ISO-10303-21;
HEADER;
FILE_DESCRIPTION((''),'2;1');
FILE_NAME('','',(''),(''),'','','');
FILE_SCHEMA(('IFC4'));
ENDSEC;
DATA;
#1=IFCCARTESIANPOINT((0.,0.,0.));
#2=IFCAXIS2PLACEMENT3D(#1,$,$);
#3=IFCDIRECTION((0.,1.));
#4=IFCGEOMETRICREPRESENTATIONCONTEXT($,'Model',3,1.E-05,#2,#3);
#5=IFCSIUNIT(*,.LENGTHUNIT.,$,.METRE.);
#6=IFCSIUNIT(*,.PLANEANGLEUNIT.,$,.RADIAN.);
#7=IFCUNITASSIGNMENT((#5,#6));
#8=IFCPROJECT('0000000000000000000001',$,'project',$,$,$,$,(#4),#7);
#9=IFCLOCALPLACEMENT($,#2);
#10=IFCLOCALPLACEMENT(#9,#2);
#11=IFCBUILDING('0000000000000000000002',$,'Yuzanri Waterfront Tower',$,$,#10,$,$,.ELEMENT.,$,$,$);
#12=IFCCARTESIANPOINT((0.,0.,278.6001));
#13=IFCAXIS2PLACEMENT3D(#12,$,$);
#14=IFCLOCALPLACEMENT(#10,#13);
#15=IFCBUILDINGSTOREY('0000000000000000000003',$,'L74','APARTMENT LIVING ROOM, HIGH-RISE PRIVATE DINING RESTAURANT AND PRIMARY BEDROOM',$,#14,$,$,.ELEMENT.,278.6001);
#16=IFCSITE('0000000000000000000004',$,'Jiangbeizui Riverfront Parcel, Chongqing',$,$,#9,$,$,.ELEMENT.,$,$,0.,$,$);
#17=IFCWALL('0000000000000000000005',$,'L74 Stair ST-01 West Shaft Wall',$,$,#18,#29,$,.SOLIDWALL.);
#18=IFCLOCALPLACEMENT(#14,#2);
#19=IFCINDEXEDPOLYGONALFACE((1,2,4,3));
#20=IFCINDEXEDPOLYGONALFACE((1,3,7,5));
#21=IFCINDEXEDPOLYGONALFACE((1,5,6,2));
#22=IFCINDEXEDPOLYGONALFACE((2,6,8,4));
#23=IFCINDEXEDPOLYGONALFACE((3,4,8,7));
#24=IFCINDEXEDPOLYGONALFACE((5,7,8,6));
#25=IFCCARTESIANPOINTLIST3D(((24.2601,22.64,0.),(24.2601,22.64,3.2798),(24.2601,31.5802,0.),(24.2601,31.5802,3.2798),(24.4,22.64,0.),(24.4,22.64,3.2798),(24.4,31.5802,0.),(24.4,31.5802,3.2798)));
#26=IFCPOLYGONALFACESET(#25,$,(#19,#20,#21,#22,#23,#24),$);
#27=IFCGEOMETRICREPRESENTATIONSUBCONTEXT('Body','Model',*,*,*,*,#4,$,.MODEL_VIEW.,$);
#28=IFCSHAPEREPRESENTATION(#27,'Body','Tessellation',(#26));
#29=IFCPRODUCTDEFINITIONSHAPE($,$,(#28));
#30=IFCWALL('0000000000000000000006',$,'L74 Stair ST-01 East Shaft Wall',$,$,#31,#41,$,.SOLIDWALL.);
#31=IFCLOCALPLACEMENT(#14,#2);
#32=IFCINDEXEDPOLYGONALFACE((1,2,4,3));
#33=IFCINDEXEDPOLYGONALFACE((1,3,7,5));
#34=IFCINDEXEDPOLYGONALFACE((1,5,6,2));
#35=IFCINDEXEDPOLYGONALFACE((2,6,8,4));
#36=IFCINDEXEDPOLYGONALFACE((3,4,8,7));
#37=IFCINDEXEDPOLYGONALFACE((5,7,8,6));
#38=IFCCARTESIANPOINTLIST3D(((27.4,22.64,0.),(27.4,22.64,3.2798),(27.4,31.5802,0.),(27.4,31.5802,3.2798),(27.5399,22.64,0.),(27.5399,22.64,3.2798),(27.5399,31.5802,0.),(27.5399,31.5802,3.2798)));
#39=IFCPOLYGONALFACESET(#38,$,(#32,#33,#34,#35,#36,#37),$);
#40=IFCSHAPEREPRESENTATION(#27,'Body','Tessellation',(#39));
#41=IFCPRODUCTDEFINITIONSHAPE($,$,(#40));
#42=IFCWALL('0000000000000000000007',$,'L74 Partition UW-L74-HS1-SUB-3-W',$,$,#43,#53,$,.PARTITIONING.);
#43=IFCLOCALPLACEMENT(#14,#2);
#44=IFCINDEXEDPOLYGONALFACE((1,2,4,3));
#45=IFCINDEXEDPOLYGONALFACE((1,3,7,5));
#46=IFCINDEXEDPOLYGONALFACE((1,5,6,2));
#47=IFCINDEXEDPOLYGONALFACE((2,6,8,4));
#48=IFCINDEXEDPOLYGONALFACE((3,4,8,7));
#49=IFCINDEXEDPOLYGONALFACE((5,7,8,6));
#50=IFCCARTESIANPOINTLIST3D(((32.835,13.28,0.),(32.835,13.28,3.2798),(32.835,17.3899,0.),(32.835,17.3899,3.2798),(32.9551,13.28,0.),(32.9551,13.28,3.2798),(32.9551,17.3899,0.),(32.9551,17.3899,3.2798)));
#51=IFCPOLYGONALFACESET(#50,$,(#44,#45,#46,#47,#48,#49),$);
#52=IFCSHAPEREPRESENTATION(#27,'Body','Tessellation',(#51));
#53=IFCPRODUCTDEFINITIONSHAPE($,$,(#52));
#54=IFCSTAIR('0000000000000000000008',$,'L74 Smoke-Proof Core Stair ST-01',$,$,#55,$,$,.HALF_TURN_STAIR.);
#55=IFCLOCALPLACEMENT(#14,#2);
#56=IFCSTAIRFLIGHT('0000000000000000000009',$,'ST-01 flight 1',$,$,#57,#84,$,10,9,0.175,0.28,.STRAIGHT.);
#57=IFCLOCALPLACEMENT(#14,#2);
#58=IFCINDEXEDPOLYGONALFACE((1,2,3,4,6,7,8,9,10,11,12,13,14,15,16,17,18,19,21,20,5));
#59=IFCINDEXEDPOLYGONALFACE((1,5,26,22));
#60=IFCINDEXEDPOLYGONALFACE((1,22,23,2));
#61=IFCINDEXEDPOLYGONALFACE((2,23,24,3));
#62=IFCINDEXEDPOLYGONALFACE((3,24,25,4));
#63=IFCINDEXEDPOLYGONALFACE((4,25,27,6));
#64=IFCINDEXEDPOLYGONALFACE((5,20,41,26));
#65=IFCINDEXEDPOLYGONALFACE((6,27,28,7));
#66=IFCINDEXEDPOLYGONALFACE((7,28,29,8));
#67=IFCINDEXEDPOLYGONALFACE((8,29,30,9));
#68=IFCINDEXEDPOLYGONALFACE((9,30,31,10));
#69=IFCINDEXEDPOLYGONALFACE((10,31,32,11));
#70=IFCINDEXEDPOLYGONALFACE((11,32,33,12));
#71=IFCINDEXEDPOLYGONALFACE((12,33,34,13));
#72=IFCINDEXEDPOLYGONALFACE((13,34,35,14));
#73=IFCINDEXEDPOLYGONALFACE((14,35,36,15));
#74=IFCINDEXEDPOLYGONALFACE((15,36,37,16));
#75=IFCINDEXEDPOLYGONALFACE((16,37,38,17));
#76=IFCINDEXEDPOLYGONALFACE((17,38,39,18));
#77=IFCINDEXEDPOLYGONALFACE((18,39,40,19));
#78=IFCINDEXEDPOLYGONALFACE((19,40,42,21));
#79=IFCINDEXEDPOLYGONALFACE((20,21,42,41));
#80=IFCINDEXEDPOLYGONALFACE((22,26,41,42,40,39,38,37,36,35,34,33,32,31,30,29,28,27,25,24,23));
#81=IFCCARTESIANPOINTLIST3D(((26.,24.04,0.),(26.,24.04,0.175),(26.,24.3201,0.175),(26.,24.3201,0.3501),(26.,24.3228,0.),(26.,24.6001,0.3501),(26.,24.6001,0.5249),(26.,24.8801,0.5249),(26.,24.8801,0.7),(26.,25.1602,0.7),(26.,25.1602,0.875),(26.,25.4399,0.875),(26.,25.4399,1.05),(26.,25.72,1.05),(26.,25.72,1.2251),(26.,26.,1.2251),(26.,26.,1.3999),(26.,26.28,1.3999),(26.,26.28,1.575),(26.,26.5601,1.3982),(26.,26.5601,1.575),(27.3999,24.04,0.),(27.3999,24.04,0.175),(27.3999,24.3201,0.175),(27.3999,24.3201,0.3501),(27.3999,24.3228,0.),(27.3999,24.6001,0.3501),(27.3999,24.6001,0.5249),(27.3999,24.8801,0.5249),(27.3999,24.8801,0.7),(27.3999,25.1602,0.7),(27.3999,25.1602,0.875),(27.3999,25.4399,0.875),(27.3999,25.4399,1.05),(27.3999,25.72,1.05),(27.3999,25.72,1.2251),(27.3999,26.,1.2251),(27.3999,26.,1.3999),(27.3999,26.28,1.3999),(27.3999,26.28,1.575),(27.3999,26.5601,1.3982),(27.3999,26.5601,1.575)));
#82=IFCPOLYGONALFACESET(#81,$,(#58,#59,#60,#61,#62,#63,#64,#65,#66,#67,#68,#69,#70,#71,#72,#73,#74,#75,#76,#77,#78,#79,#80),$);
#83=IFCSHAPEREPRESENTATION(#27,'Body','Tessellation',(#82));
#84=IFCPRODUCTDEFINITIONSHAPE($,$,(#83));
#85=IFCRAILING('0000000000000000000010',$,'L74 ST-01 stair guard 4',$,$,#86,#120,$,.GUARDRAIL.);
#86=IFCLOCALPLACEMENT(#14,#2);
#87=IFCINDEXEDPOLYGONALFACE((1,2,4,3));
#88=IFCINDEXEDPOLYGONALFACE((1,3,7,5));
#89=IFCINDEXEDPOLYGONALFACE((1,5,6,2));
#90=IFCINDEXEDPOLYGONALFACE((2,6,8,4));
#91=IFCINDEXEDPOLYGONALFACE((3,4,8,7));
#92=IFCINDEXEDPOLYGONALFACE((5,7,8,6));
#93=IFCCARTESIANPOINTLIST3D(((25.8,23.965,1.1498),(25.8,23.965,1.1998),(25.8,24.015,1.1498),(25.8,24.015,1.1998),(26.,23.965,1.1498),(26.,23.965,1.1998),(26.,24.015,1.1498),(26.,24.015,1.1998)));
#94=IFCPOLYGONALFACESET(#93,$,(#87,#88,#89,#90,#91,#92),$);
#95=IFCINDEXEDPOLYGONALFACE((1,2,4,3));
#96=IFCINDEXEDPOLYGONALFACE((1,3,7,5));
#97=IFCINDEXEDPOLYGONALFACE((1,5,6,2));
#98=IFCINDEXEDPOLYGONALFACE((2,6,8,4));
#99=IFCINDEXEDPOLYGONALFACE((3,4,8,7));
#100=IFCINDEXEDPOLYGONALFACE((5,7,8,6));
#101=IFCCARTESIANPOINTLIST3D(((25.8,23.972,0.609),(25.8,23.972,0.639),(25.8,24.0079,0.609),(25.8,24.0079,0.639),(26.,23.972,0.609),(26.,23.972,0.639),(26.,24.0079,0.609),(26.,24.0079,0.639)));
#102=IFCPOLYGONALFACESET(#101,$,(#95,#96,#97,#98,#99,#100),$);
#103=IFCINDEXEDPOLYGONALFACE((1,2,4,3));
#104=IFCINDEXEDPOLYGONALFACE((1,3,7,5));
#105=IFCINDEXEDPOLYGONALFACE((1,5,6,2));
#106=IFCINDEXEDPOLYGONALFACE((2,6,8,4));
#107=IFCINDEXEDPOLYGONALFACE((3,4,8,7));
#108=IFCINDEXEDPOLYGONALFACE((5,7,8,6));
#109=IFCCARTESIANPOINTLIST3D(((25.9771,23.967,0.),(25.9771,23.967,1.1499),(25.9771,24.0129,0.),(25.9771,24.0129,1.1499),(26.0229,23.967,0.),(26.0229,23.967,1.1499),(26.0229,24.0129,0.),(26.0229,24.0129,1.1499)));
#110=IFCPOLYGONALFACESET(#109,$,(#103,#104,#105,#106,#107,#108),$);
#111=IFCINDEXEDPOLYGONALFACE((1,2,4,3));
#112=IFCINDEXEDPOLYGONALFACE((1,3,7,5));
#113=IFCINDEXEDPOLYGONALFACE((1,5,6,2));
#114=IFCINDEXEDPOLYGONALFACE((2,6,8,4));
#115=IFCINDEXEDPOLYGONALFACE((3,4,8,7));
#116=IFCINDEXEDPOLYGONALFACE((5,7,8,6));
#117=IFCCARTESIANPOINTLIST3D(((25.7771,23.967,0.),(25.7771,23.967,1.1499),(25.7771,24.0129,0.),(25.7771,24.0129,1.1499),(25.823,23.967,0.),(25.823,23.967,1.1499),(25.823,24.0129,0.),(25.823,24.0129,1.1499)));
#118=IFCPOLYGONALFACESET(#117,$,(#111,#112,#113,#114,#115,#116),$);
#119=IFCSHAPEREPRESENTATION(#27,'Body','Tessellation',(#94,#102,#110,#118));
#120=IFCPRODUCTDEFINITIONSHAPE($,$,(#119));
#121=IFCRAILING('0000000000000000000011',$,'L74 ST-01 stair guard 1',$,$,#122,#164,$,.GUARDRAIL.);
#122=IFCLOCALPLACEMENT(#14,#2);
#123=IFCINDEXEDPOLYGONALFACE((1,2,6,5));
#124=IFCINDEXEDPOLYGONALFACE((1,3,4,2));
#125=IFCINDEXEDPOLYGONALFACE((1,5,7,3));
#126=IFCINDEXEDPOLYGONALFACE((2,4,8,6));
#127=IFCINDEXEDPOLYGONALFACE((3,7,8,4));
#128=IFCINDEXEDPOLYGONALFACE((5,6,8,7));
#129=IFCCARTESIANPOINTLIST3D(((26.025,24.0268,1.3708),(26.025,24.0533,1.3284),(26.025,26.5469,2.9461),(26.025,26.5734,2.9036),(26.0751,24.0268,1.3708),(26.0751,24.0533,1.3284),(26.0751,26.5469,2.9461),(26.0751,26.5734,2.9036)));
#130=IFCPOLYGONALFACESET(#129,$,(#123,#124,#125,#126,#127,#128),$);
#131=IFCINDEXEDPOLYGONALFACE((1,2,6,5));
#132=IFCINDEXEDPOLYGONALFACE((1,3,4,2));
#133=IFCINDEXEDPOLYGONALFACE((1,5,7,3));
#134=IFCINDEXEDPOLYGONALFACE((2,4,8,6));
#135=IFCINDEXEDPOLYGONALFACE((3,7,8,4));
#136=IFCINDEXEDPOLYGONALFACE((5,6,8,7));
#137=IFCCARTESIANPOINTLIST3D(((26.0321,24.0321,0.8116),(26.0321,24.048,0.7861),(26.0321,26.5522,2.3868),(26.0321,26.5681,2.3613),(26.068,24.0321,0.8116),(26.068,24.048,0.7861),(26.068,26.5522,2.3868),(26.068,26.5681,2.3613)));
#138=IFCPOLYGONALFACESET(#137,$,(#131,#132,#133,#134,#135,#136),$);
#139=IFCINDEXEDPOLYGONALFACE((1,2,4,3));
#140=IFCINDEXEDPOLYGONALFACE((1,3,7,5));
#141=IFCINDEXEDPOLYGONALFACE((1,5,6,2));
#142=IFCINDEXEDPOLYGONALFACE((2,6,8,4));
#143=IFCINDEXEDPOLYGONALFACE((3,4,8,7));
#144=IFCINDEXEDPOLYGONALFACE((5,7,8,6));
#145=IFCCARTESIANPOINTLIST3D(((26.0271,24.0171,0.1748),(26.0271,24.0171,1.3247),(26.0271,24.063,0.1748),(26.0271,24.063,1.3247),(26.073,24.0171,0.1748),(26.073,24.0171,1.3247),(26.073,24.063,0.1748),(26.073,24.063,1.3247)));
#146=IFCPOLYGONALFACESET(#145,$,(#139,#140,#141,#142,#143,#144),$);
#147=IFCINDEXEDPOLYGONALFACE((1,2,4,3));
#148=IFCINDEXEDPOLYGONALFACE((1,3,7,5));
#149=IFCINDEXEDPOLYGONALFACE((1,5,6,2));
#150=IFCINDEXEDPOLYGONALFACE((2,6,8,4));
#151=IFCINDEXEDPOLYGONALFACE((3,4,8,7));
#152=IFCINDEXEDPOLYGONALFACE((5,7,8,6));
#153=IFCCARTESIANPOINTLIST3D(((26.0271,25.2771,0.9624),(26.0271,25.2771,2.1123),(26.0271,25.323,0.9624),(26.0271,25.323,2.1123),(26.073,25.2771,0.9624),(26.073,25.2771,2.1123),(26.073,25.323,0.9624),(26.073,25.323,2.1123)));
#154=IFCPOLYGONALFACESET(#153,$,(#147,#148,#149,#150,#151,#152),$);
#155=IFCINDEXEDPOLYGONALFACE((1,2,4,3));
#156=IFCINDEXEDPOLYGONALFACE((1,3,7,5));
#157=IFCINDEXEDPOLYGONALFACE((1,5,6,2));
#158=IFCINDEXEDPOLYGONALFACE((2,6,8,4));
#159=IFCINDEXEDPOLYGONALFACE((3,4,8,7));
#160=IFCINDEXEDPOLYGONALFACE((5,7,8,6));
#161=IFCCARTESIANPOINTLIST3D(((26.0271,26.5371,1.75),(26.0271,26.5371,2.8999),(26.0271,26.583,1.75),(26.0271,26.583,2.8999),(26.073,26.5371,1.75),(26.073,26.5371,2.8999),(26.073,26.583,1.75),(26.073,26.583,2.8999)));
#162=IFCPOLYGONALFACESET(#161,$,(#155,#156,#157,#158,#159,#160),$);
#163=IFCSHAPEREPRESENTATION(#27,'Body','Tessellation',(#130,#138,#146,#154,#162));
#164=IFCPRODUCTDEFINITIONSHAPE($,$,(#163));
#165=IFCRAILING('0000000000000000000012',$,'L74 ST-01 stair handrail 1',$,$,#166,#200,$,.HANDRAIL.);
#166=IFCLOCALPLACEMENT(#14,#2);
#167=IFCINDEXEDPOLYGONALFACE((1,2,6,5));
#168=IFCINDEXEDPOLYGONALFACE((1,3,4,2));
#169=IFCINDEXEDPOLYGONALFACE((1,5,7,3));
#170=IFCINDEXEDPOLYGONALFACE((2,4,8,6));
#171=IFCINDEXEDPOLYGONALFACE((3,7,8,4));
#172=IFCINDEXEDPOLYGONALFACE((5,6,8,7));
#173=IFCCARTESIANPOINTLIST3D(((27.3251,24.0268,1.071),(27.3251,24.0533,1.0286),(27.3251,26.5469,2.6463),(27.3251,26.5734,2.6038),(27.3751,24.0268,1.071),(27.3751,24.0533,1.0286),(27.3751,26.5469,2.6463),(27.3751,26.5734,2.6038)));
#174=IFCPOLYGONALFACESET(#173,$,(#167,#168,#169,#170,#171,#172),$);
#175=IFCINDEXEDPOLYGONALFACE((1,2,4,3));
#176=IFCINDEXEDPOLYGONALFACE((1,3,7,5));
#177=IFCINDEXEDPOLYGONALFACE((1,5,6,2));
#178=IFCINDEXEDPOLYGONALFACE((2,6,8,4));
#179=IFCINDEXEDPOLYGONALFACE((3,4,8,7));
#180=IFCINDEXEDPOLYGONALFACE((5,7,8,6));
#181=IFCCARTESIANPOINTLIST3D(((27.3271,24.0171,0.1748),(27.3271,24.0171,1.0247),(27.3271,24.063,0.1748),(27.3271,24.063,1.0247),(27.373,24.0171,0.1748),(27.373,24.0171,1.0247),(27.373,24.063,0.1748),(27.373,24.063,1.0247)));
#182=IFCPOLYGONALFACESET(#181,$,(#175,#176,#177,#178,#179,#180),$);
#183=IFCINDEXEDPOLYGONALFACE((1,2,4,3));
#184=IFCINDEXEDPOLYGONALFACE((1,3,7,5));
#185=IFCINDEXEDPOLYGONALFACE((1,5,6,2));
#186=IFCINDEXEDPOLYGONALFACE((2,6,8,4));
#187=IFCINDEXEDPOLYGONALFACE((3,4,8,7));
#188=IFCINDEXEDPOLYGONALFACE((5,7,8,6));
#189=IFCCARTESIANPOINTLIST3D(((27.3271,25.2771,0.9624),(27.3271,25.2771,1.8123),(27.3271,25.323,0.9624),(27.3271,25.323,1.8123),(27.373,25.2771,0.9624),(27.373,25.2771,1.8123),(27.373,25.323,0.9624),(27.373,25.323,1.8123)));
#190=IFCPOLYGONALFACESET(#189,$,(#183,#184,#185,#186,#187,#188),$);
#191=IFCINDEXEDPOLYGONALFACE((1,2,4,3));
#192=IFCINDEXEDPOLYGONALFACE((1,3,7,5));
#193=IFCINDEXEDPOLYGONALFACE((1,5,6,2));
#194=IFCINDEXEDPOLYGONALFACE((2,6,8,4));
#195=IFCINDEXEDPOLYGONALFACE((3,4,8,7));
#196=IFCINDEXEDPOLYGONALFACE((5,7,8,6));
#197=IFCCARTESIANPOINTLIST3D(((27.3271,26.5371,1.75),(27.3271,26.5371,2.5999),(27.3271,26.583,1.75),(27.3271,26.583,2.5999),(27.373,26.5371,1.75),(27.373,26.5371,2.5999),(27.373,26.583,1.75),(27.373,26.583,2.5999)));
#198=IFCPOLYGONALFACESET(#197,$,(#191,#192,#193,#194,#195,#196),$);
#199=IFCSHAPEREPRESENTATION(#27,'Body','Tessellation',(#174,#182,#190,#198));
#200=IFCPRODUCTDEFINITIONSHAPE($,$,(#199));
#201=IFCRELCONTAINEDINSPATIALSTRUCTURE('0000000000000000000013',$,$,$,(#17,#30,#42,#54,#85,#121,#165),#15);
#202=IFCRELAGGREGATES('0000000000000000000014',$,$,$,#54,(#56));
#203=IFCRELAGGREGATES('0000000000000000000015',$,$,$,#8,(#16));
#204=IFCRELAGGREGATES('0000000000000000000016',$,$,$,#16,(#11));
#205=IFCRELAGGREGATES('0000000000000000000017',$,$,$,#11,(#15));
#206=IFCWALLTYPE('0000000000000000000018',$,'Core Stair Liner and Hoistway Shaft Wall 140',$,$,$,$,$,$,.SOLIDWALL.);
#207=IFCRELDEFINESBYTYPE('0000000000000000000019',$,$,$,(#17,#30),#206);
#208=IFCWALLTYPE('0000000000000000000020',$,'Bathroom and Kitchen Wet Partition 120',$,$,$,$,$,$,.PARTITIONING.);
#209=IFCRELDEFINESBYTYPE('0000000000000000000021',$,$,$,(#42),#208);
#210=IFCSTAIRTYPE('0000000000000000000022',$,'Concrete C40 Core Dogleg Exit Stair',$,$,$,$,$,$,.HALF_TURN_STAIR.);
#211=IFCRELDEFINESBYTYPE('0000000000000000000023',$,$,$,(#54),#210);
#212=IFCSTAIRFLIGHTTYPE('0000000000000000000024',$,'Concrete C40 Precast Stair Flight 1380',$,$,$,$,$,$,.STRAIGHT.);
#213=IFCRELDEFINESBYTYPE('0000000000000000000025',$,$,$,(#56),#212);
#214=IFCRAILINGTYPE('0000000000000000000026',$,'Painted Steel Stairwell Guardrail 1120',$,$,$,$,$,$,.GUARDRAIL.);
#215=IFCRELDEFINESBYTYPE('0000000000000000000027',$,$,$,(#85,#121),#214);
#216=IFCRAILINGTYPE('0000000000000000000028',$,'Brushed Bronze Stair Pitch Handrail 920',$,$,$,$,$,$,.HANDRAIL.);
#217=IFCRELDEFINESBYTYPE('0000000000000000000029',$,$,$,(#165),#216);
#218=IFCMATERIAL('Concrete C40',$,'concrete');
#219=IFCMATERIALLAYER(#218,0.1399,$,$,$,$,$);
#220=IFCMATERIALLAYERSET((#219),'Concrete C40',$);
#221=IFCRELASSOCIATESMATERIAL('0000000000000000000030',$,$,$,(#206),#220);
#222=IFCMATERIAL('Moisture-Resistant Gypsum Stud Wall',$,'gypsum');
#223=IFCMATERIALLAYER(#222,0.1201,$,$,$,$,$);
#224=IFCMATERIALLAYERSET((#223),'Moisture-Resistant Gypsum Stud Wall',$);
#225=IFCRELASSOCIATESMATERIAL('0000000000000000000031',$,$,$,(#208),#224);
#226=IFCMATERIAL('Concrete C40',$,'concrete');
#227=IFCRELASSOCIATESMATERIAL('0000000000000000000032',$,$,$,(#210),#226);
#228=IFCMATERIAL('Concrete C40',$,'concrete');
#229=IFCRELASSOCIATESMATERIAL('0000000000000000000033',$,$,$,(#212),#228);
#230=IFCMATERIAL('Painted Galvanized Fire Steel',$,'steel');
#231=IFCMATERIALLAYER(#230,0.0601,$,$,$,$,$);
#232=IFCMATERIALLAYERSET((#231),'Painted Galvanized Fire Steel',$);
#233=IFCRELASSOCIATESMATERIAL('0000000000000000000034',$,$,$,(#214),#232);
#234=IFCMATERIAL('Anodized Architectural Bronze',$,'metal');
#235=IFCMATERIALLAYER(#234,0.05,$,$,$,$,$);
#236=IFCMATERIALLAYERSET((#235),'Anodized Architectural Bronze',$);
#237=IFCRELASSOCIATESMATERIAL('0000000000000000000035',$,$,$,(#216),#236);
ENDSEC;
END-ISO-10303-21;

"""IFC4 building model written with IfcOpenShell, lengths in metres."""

from ifc_helpers import new_model, si_unit, direction, frame, frame_2d, origin, origin_2d, place, context, subcontext, project, spatial, polyline, rectangle, outline, extrude, source, transform, mapped, material, layer, layer_set, type_object, element, aggregate, save


model = new_model("IFC4")

# Units and contexts
model_context = context("Model", 3, precision=1e-05, world=origin(), true_north=direction((0.0, 1.0)))
body_context = subcontext(model_context, "Body", "Model", "MODEL_VIEW")
ifc_project = project(units=[si_unit("LENGTHUNIT", "METRE"), si_unit("PLANEANGLEUNIT", "RADIAN")], contexts=[model_context])

# Site, building, storey
site_placement = place(None, origin())
site = spatial("IfcSite", under=ifc_project, at=site_placement, Name="Jiangbeizui Riverfront Parcel, Chongqing", CompositionType="ELEMENT", RefElevation=0.0)
building_placement = place(site_placement, origin())
building = spatial("IfcBuilding", under=site, at=building_placement, Name="Yuzanri Waterfront Tower", CompositionType="ELEMENT")
storey_placement = place(building_placement, frame((0.0, 0.0, 278.6001)))
storey = spatial("IfcBuildingStorey", under=building, at=storey_placement, Name="L74", Description="APARTMENT LIVING ROOM, HIGH-RISE PRIVATE DINING RESTAURANT AND PRIMARY BEDROOM", CompositionType="ELEMENT", Elevation=278.6001)

# Shared definitions
ifc_material_1 = material(Name="Concrete C40", Category="concrete")
ifc_layer_1 = layer(ifc_material_1, 0.1399)
ifc_layer_set_1 = layer_set([ifc_layer_1], Name="Concrete C40")
wall_type_1 = type_object("IfcWallType", Name="Core Stair Liner and Hoistway Shaft Wall 140", PredefinedType="SOLIDWALL", material=ifc_layer_set_1)

# Walls
shared_shape_1 = source(origin(), body_context, "Body", "SweptSolid", [
    extrude(rectangle(XDim=8.9402, YDim=0.1399, at=frame_2d((4.4702, 0.0))), origin(), (0.0, 0.0, 1.0), 3.2798),
])
for number, where, z_axis, x_axis, name in (
    (1, (24.3301, 22.6399, 0.0), (0.0, 0.0, 1.0), (0.0, 1.0, 0.0), "L74 Stair ST-01 West Shaft Wall"),
    (2, (27.47, 22.6399, 0.0), (0.0, 0.0, 1.0), (0.0, 1.0, 0.0), "L74 Stair ST-01 East Shaft Wall"),
):
    element("IfcWall", number, at=place(storey_placement, frame(where, z_axis=z_axis, x_axis=x_axis)), inside=storey, type_object=wall_type_1, Name=name, PredefinedType="SOLIDWALL", context=body_context, shape_type="MappedRepresentation", body=[
        mapped(shared_shape_1, transform((0.0, 0.0, 0.0), scale=1.0)),
    ])
ifc_material_2 = material(Name="Moisture-Resistant Gypsum Stud Wall", Category="gypsum")
ifc_layer_2 = layer(ifc_material_2, 0.1201)
ifc_layer_set_2 = layer_set([ifc_layer_2], Name="Moisture-Resistant Gypsum Stud Wall")
wall_type_2 = type_object("IfcWallType", Name="Bathroom and Kitchen Wet Partition 120", PredefinedType="PARTITIONING", material=ifc_layer_set_2)
shared_shape_2 = source(origin(), body_context, "Body", "SweptSolid", [
    extrude(rectangle(XDim=4.1099, YDim=0.1201, at=frame_2d((2.0549, 0.0))), origin(), (0.0, 0.0, 1.0), 3.2798),
])
wall_1_placement = place(storey_placement, frame((32.895, 13.28, 0.0), z_axis=(0.0, 0.0, 1.0), x_axis=(0.0, 1.0, 0.0)))
element("IfcWall", 3, at=wall_1_placement, inside=storey, type_object=wall_type_2, Name="L74 Partition UW-L74-HS1-SUB-3-W", PredefinedType="PARTITIONING", context=body_context, shape_type="MappedRepresentation", body=[
    mapped(shared_shape_2, transform((0.0, 0.0, 0.0), scale=1.0)),
])

# Stair, stair flight
ifc_material_3 = material(Name="Concrete C40", Category="concrete")
stair_type = type_object("IfcStairType", Name="Concrete C40 Core Dogleg Exit Stair", PredefinedType="HALF_TURN_STAIR", material=ifc_material_3)
stair_placement = place(storey_placement, origin())
stair = element("IfcStair", 4, at=stair_placement, inside=storey, type_object=stair_type, Name="L74 Smoke-Proof Core Stair ST-01", PredefinedType="HALF_TURN_STAIR")
ifc_material_4 = material(Name="Concrete C40", Category="concrete")
stair_flight_type = type_object("IfcStairFlightType", Name="Concrete C40 Precast Stair Flight 1380", PredefinedType="STRAIGHT", material=ifc_material_4)
shared_shape_3 = source(origin(), body_context, "Body", "SweptSolid", [
    extrude(outline(polyline([(0.0, 0.0), (0.0, 0.175), (0.28, 0.175), (0.28, 0.3501), (0.5601, 0.3501), (0.5601, 0.5249), (0.8401, 0.5249), (0.8401, 0.7), (1.1201, 0.7), (1.1201, 0.875), (1.3999, 0.875), (1.3999, 1.05), (1.6799, 1.05), (1.6799, 1.2251), (1.96, 1.2251), (1.96, 1.3999), (2.24, 1.3999), (2.24, 1.575), (2.52, 1.575), (2.52, 1.75), (2.52, 1.3982), (0.2827, 0.0), (0.0, 0.0)])), frame((0.0, 0.7, 0.0), z_axis=(0.0, -1.0, 0.0), x_axis=(1.0, 0.0, 0.0)), (0.0, 0.0, 1.0), 1.3999),
])
stair_flight_placement = place(storey_placement, frame((26.7, 24.04, 0.0), z_axis=(0.0, 0.0, 1.0), x_axis=(0.0, 1.0, 0.0)))
stair_flight = element("IfcStairFlight", 5, at=stair_flight_placement, type_object=stair_flight_type, Name="ST-01 flight 1", NumberOfRisers=10, NumberOfTreads=9, PredefinedType="STRAIGHT", RiserHeight=0.175, TreadLength=0.28, context=body_context, shape_type="MappedRepresentation", body=[
    mapped(shared_shape_3, transform((0.0, 0.0, 0.0), scale=1.0)),
])
aggregate(stair, [stair_flight])

# Railings
ifc_material_5 = material(Name="Painted Galvanized Fire Steel", Category="steel")
ifc_layer_3 = layer(ifc_material_5, 0.0601)
ifc_layer_set_3 = layer_set([ifc_layer_3], Name="Painted Galvanized Fire Steel")
railing_type_1 = type_object("IfcRailingType", Name="Painted Steel Stairwell Guardrail 1120", PredefinedType="GUARDRAIL", material=ifc_layer_set_3)
shared_shape_4 = source(origin(), body_context, "Body", "SweptSolid", [
    extrude(rectangle(XDim=0.05, YDim=0.05, at=origin_2d()), frame((0.0, 0.0, 1.1748), z_axis=(-1.0, 0.0, 0.0), x_axis=(0.0, -1.0, 0.0)), (0.0, 0.0, 1.0), 0.2),
    extrude(rectangle(XDim=0.0359, YDim=0.03, at=origin_2d()), frame((0.0, 0.0, 0.624), z_axis=(-1.0, 0.0, 0.0), x_axis=(0.0, -1.0, 0.0)), (0.0, 0.0, 1.0), 0.2),
    extrude(rectangle(XDim=0.0459, YDim=0.0459, at=origin_2d()), origin(), (0.0, 0.0, 1.0), 1.1499),
    extrude(rectangle(XDim=0.0459, YDim=0.0459, at=origin_2d()), frame((-0.2, 0.0, 0.0)), (0.0, 0.0, 1.0), 1.1499),
])
railing_1_placement = place(storey_placement, frame((26.0, 23.99, 0.0)))
element("IfcRailing", 6, at=railing_1_placement, inside=storey, type_object=railing_type_1, Name="L74 ST-01 stair guard 4", PredefinedType="GUARDRAIL", context=body_context, shape_type="MappedRepresentation", body=[
    mapped(shared_shape_4, transform((0.0, 0.0, 0.0), scale=1.0)),
])
shared_shape_5 = source(origin(), body_context, "Body", "SweptSolid", [
    extrude(rectangle(XDim=0.05, YDim=0.05, at=origin_2d()), frame((0.0, 0.0, 1.1748), z_axis=(0.0, 0.847971, 0.530043), x_axis=(-1.0, 0.0, 0.0)), (0.0, 0.0, 1.0), 2.9719),
    extrude(rectangle(XDim=0.0359, YDim=0.03, at=origin_2d()), frame((0.0, 0.0, 0.624), z_axis=(0.0, 0.847971, 0.530043), x_axis=(-1.0, 0.0, 0.0)), (0.0, 0.0, 1.0), 2.9719),
    extrude(rectangle(XDim=0.0459, YDim=0.0459, at=origin_2d()), origin(), (0.0, 0.0, 1.0), 1.1499),
    extrude(rectangle(XDim=0.0459, YDim=0.0459, at=origin_2d()), frame((0.0, 1.26, 0.7876)), (0.0, 0.0, 1.0), 1.1499),
    extrude(rectangle(XDim=0.0459, YDim=0.0459, at=origin_2d()), frame((0.0, 2.52, 1.5752)), (0.0, 0.0, 1.0), 1.1499),
])
railing_2_placement = place(storey_placement, frame((26.05, 24.04, 0.1748)))
element("IfcRailing", 7, at=railing_2_placement, inside=storey, type_object=railing_type_1, Name="L74 ST-01 stair guard 1", PredefinedType="GUARDRAIL", context=body_context, shape_type="MappedRepresentation", body=[
    mapped(shared_shape_5, transform((0.0, 0.0, 0.0), scale=1.0)),
])
ifc_material_6 = material(Name="Anodized Architectural Bronze", Category="metal")
ifc_layer_4 = layer(ifc_material_6, 0.05)
ifc_layer_set_4 = layer_set([ifc_layer_4], Name="Anodized Architectural Bronze")
railing_type_2 = type_object("IfcRailingType", Name="Brushed Bronze Stair Pitch Handrail 920", PredefinedType="HANDRAIL", material=ifc_layer_set_4)
shared_shape_6 = source(origin(), body_context, "Body", "SweptSolid", [
    extrude(rectangle(XDim=0.05, YDim=0.05, at=origin_2d()), frame((0.0, 0.0, 0.875), z_axis=(0.0, 0.847971, 0.530043), x_axis=(-1.0, 0.0, 0.0)), (0.0, 0.0, 1.0), 2.9719),
    extrude(rectangle(XDim=0.0459, YDim=0.0459, at=origin_2d()), origin(), (0.0, 0.0, 1.0), 0.8499),
    extrude(rectangle(XDim=0.0459, YDim=0.0459, at=origin_2d()), frame((0.0, 1.26, 0.7876)), (0.0, 0.0, 1.0), 0.8499),
    extrude(rectangle(XDim=0.0459, YDim=0.0459, at=origin_2d()), frame((0.0, 2.52, 1.5752)), (0.0, 0.0, 1.0), 0.8499),
])
railing_3_placement = place(storey_placement, frame((27.3501, 24.04, 0.1748)))
element("IfcRailing", 8, at=railing_3_placement, inside=storey, type_object=railing_type_2, Name="L74 ST-01 stair handrail 1", PredefinedType="HANDRAIL", context=body_context, shape_type="MappedRepresentation", body=[
    mapped(shared_shape_6, transform((0.0, 0.0, 0.0), scale=1.0)),
])

save(model, "model.ifc")
